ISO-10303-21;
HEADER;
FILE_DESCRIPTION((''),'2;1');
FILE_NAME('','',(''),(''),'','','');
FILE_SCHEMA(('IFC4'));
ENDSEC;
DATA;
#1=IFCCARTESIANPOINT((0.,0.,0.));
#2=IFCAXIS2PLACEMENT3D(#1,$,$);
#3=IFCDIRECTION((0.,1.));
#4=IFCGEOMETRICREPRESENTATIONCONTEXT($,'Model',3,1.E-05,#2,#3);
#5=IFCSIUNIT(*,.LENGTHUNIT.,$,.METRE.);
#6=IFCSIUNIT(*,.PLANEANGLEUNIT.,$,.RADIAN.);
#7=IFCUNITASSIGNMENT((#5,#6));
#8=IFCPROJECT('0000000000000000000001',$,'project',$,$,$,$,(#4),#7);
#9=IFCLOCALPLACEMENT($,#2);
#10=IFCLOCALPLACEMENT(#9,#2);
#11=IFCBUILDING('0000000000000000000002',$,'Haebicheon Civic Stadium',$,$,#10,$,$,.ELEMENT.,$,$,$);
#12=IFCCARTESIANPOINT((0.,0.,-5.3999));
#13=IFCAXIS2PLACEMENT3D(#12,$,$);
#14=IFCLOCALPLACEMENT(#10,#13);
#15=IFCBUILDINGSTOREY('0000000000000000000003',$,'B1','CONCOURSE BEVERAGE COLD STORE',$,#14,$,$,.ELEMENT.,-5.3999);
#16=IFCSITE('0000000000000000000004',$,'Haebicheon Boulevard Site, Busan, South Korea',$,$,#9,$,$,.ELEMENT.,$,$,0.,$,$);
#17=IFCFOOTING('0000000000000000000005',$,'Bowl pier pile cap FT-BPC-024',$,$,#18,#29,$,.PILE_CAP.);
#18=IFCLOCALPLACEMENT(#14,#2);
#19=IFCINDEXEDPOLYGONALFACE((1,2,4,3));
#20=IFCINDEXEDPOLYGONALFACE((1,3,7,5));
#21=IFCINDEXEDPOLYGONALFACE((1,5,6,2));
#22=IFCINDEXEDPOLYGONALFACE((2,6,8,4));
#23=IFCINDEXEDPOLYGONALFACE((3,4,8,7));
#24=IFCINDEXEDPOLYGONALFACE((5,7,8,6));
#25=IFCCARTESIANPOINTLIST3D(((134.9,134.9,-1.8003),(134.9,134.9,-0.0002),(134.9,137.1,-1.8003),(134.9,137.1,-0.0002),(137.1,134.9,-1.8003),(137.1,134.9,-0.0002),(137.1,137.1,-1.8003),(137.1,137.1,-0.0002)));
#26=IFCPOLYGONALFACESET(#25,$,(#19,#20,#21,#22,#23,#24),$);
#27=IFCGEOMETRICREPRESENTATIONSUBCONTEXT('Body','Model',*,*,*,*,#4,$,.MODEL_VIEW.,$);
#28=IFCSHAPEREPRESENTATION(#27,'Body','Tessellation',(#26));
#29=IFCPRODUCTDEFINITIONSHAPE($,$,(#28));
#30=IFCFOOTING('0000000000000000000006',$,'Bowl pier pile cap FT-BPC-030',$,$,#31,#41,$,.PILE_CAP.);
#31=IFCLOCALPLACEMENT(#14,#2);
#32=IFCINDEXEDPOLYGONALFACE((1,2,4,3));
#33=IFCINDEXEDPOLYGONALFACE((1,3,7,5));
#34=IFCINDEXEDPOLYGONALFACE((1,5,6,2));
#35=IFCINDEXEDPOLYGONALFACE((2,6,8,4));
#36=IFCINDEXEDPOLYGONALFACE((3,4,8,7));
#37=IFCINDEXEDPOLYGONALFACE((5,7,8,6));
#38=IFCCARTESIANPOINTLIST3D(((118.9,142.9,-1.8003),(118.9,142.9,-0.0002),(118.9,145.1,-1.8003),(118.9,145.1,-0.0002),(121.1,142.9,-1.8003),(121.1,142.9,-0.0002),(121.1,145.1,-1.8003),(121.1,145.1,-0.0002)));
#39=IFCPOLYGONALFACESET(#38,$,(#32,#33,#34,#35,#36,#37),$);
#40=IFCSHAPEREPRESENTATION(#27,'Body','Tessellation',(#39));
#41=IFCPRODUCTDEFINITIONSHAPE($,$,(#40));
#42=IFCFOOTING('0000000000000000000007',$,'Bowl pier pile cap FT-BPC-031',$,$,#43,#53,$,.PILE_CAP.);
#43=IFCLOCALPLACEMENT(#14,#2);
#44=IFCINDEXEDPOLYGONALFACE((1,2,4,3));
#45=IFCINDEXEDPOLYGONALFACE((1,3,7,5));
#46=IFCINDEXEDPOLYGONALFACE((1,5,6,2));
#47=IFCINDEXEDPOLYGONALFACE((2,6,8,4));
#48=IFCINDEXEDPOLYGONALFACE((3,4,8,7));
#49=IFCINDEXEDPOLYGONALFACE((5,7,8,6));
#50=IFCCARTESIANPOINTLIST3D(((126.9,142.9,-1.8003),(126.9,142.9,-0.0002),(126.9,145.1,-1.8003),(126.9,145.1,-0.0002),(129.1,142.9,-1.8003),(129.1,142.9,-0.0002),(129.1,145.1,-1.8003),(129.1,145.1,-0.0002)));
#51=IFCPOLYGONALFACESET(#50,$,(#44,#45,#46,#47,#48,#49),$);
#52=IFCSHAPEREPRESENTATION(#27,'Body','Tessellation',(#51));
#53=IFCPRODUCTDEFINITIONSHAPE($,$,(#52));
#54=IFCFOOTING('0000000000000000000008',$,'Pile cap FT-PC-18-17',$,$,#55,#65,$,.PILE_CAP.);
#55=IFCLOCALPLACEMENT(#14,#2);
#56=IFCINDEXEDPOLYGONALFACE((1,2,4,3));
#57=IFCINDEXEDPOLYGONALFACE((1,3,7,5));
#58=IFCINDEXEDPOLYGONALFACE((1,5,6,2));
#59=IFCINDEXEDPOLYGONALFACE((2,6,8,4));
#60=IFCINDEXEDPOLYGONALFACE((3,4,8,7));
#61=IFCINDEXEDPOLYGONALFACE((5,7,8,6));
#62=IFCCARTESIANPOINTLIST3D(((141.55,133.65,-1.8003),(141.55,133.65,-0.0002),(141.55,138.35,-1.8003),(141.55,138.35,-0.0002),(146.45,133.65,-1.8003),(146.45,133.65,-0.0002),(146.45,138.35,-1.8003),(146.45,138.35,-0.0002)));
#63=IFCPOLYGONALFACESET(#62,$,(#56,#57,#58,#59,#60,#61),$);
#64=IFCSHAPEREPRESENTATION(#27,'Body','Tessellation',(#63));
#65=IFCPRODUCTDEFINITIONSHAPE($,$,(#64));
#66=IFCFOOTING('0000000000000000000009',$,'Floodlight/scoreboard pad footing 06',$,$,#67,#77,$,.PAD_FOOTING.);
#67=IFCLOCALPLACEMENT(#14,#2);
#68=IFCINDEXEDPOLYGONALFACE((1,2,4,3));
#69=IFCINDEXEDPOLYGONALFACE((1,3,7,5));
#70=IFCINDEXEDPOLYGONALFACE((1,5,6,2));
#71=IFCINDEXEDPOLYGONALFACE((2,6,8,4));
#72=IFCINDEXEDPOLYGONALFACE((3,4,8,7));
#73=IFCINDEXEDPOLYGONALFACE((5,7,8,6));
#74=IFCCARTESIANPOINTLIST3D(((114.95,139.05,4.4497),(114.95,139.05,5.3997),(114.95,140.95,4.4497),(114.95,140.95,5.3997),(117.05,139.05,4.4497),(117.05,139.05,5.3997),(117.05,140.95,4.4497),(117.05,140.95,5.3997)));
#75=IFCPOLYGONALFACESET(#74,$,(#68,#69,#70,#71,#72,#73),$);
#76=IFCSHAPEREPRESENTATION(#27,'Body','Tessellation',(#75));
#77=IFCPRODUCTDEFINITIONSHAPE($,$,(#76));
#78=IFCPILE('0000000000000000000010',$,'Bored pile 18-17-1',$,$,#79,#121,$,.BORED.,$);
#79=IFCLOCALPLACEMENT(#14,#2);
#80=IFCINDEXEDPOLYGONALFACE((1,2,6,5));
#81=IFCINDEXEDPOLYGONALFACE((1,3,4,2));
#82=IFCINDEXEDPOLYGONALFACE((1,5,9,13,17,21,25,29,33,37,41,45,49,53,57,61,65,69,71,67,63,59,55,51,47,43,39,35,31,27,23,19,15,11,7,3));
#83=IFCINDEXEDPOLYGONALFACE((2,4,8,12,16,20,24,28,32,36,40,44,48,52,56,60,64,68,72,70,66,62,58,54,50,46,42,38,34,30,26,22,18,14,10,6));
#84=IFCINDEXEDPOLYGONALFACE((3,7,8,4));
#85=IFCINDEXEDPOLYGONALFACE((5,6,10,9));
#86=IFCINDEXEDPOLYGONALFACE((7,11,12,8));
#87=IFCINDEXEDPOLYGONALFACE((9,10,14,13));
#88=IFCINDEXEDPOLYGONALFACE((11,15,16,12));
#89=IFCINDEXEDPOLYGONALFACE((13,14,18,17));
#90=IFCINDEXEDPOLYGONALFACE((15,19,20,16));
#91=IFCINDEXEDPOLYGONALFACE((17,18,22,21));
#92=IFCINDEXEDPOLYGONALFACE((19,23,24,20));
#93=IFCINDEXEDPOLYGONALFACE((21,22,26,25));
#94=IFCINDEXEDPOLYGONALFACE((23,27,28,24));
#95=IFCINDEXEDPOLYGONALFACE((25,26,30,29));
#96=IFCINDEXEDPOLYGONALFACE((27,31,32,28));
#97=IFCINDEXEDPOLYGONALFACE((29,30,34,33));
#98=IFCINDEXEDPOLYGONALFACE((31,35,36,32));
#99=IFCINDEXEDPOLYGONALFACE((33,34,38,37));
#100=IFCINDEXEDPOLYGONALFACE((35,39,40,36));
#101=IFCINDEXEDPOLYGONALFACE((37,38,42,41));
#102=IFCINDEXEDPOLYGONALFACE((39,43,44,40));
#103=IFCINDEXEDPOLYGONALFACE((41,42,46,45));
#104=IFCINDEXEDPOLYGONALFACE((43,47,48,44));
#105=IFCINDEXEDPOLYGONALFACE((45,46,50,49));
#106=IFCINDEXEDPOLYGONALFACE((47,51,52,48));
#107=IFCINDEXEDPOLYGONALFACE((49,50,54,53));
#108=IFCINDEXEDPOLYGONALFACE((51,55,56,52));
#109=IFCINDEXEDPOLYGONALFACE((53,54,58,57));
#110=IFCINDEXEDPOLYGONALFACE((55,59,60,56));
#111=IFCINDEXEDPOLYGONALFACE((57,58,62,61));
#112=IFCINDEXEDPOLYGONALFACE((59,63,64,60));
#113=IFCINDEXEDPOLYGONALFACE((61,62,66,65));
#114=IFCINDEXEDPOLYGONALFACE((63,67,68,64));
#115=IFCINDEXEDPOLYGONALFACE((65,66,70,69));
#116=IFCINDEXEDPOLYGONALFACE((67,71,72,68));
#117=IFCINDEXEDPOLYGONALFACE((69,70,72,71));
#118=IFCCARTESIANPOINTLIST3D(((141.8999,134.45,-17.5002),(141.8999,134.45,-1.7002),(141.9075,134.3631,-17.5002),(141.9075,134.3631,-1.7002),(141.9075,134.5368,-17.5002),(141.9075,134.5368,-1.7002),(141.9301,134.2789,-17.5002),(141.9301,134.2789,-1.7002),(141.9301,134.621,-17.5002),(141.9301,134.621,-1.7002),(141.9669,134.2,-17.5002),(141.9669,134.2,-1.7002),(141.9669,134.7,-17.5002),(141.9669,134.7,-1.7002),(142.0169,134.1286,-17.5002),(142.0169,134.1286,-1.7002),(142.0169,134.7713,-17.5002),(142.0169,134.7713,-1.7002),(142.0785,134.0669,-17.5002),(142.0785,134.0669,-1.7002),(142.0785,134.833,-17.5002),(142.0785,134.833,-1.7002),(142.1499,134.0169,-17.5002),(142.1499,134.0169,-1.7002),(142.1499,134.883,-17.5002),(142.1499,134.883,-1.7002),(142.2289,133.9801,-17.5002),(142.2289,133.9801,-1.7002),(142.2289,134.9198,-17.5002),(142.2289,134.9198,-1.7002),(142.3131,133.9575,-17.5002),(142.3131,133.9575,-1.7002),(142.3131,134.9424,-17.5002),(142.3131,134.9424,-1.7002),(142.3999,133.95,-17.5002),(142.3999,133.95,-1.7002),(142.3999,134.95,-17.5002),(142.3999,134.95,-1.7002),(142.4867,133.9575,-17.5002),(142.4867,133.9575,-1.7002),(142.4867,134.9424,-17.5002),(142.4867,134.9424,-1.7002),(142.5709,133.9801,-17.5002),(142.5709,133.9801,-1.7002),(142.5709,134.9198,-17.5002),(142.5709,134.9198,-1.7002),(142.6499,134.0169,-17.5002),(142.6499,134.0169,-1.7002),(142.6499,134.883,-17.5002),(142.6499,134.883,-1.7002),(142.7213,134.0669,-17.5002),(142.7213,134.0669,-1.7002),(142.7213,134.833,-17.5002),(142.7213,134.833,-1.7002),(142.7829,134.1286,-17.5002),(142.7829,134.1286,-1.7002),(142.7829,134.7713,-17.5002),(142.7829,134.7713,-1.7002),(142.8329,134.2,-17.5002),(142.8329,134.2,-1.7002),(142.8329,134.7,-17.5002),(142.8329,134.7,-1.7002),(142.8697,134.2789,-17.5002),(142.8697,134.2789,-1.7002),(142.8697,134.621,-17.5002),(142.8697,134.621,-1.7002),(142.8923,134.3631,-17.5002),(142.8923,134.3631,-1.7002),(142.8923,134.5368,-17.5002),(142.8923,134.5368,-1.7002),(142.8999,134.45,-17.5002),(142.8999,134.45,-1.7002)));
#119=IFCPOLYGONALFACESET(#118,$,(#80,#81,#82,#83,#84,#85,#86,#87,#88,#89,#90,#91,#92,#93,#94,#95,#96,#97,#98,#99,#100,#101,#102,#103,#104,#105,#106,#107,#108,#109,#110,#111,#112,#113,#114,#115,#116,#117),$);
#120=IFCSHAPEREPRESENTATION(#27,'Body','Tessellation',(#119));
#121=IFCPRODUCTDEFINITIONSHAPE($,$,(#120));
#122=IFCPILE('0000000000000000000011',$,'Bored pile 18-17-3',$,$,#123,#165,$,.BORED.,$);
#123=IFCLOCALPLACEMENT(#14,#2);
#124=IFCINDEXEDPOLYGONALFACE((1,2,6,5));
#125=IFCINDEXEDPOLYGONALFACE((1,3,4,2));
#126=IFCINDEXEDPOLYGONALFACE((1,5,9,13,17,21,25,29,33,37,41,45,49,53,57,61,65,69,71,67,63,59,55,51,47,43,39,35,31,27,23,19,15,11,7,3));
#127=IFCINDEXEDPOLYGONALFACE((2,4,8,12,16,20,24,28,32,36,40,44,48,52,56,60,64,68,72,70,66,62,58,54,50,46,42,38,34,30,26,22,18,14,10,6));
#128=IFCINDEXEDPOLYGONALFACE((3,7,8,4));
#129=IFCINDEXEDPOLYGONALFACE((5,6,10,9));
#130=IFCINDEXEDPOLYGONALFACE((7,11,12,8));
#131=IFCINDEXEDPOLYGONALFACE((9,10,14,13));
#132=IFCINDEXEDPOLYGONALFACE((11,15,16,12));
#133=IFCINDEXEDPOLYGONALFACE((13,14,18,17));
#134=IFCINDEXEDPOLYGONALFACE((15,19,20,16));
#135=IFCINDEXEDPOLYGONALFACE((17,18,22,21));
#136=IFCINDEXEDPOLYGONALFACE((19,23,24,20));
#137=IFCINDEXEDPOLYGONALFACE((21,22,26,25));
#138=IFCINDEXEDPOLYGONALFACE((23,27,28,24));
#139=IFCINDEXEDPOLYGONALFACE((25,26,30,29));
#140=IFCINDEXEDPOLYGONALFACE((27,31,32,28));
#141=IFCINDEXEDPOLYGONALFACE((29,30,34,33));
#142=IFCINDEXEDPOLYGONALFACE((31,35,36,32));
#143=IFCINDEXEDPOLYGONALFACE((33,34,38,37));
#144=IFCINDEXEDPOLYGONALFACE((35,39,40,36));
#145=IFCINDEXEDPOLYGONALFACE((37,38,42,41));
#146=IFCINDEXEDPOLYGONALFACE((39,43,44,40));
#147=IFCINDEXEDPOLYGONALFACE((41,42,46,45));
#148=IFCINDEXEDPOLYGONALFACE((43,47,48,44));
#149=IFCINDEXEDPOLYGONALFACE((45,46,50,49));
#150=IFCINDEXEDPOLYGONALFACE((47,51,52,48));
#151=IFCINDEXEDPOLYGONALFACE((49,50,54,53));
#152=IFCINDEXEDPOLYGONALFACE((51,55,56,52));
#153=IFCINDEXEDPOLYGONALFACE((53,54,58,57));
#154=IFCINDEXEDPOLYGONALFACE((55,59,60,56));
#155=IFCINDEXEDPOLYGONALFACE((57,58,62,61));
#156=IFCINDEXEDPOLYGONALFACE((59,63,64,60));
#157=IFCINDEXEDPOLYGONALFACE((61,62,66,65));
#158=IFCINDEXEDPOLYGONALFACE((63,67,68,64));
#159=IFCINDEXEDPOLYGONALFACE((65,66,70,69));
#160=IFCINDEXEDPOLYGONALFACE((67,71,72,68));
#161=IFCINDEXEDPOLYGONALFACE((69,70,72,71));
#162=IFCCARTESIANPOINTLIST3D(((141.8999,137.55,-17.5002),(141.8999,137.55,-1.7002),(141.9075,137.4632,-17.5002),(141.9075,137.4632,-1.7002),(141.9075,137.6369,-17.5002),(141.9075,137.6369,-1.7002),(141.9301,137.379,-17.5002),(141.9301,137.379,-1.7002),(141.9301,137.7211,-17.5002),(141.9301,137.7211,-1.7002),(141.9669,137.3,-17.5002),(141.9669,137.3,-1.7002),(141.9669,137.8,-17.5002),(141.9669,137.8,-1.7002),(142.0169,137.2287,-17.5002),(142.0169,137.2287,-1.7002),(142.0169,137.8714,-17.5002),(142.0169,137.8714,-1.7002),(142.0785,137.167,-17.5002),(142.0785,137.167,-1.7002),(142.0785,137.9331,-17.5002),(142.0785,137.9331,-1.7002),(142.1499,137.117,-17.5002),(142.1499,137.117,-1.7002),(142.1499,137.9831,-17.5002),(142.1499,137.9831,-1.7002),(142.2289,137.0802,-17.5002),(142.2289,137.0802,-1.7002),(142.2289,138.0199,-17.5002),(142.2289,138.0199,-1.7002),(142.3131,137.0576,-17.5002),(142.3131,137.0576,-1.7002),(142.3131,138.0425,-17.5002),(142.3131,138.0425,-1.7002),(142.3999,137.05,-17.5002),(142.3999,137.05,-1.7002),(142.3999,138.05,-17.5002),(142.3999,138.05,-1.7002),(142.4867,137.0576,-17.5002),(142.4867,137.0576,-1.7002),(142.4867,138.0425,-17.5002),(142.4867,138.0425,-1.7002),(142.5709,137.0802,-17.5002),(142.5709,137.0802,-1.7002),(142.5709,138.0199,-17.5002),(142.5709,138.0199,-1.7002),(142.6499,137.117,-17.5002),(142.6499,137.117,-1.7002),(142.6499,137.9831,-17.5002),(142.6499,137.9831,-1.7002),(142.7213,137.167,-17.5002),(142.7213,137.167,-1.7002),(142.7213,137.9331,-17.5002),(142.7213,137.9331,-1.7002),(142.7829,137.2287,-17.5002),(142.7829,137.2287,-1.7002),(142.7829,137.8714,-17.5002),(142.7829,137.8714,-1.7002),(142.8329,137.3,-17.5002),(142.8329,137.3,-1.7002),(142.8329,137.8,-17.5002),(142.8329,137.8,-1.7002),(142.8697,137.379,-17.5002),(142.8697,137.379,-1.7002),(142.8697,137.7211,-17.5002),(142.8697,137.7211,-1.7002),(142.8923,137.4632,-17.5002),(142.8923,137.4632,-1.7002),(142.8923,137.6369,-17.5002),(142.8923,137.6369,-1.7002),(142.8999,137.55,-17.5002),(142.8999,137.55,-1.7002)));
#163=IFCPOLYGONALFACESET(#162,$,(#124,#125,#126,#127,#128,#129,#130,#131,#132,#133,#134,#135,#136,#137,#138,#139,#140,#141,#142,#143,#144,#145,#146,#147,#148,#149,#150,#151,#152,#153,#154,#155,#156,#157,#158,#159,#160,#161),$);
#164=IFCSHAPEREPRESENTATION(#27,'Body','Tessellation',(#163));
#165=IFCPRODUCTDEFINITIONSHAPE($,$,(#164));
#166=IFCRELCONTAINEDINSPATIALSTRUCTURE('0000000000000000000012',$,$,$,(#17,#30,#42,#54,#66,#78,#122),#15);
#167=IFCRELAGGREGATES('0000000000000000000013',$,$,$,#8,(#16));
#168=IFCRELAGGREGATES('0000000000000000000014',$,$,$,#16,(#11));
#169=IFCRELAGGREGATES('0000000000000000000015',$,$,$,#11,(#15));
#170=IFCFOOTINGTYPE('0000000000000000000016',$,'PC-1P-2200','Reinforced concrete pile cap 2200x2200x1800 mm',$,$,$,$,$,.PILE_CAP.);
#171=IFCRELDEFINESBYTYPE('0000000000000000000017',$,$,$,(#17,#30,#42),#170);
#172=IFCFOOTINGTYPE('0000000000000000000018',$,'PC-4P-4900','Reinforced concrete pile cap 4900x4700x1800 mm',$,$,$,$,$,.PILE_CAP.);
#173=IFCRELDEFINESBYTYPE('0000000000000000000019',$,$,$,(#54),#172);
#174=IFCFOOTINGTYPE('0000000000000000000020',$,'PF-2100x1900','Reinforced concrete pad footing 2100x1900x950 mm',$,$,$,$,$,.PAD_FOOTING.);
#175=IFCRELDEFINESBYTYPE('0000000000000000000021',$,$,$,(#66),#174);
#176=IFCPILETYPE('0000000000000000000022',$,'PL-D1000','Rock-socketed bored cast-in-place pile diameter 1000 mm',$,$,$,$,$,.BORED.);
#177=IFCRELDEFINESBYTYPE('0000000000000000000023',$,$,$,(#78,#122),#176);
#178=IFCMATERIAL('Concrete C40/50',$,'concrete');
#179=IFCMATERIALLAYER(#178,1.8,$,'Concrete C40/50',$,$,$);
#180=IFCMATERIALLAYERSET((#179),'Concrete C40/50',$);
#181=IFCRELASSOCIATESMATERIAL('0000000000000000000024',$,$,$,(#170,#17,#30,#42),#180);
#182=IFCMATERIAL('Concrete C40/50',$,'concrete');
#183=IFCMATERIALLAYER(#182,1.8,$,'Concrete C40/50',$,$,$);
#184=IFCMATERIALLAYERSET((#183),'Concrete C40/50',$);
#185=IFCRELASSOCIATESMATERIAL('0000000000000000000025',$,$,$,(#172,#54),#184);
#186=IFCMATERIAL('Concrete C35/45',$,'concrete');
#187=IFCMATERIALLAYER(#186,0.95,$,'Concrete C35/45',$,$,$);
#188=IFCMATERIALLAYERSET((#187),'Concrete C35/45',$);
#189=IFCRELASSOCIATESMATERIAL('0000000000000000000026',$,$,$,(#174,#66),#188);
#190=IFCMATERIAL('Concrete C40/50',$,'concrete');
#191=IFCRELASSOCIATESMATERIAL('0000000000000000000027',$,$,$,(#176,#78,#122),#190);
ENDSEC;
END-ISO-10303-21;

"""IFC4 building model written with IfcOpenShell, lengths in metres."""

from ifc_helpers import new_model, si_unit, direction, frame, origin, origin_2d, place, context, subcontext, project, spatial, rectangle, circle, extrude, material, layer, layer_set, material_profile, profile_set, type_object, element, save


model = new_model("IFC4")

# Units and contexts
model_context = context("Model", 3, precision=1e-05, world=origin(), true_north=direction((0.0, 1.0)))
body_context = subcontext(model_context, "Body", "Model", "MODEL_VIEW")
ifc_project = project(units=[si_unit("LENGTHUNIT", "METRE"), si_unit("PLANEANGLEUNIT", "RADIAN")], contexts=[model_context])

# Site, building, storey
site_placement = place(None, origin())
site = spatial("IfcSite", under=ifc_project, at=site_placement, Name="Haebicheon Boulevard Site, Busan, South Korea", CompositionType="ELEMENT", RefElevation=0.0)
building_placement = place(site_placement, origin())
building = spatial("IfcBuilding", under=site, at=building_placement, Name="Haebicheon Civic Stadium", CompositionType="ELEMENT")
storey_placement = place(building_placement, frame((0.0, 0.0, -5.3999)))
storey = spatial("IfcBuildingStorey", under=building, at=storey_placement, Name="B1", Description="CONCOURSE BEVERAGE COLD STORE", CompositionType="ELEMENT", Elevation=-5.3999)

# Footings
ifc_material_1 = material(Name="Concrete C40/50", Category="concrete")
ifc_layer_1 = layer(ifc_material_1, 1.8, Name="Concrete C40/50")
ifc_layer_set_1 = layer_set([ifc_layer_1], Name="Concrete C40/50")
footing_type_1 = type_object("IfcFootingType", Name="PC-1P-2200", Description="Reinforced concrete pile cap 2200x2200x1800 mm", PredefinedType="PILE_CAP", material=ifc_layer_set_1)
for number, where, z_axis, x_axis, name in (
    (1, (136.0, 136.0, -1.8003), (0.0, 0.0, 1.0), (1.0, 0.0, 0.0), "Bowl pier pile cap FT-BPC-024"),
    (2, (120.0, 144.0, -1.8003), (0.0, 0.0, 1.0), (1.0, 0.0, 0.0), "Bowl pier pile cap FT-BPC-030"),
    (3, (128.0, 144.0, -1.8003), (0.0, 0.0, 1.0), (1.0, 0.0, 0.0), "Bowl pier pile cap FT-BPC-031"),
):
    element("IfcFooting", number, at=place(storey_placement, frame(where, z_axis=z_axis, x_axis=x_axis)), inside=storey, type_object=footing_type_1, material=ifc_layer_set_1, Name=name, PredefinedType="PILE_CAP", context=body_context, shape_type="SweptSolid", body=[
        extrude(rectangle(XDim=2.2, YDim=2.2, at=origin_2d()), origin(), (0.0, 0.0, 1.0), 1.8),
    ])
ifc_material_2 = material(Name="Concrete C40/50", Category="concrete")
ifc_layer_2 = layer(ifc_material_2, 1.8, Name="Concrete C40/50")
ifc_layer_set_2 = layer_set([ifc_layer_2], Name="Concrete C40/50")
footing_type_2 = type_object("IfcFootingType", Name="PC-4P-4900", Description="Reinforced concrete pile cap 4900x4700x1800 mm", PredefinedType="PILE_CAP", material=ifc_layer_set_2)
footing_1_placement = place(storey_placement, frame((144.0, 136.0, -1.8003), z_axis=(0.0, 0.0, 1.0), x_axis=(1.0, 0.0, 0.0)))
element("IfcFooting", 4, at=footing_1_placement, inside=storey, type_object=footing_type_2, material=ifc_layer_set_2, Name="Pile cap FT-PC-18-17", PredefinedType="PILE_CAP", context=body_context, shape_type="SweptSolid", body=[
    extrude(rectangle(XDim=4.8999, YDim=4.7, at=origin_2d()), origin(), (0.0, 0.0, 1.0), 1.8),
])
ifc_material_3 = material(Name="Concrete C35/45", Category="concrete")
ifc_layer_3 = layer(ifc_material_3, 0.95, Name="Concrete C35/45")
ifc_layer_set_3 = layer_set([ifc_layer_3], Name="Concrete C35/45")
footing_type_3 = type_object("IfcFootingType", Name="PF-2100x1900", Description="Reinforced concrete pad footing 2100x1900x950 mm", PredefinedType="PAD_FOOTING", material=ifc_layer_set_3)
footing_2_placement = place(storey_placement, frame((116.0, 140.0, 4.4497), z_axis=(0.0, 0.0, 1.0), x_axis=(1.0, 0.0, 0.0)))
element("IfcFooting", 5, at=footing_2_placement, inside=storey, type_object=footing_type_3, material=ifc_layer_set_3, Name="Floodlight/scoreboard pad footing 06", PredefinedType="PAD_FOOTING", context=body_context, shape_type="SweptSolid", body=[
    extrude(rectangle(XDim=2.1001, YDim=1.8999, at=origin_2d()), origin(), (0.0, 0.0, 1.0), 0.95),
])

# Piles
ifc_material_4 = material(Name="Concrete C40/50", Category="concrete")
ifc_material_profile_1 = material_profile(ifc_material_4, circle(Radius=0.5, at=origin_2d()), Name="PILE-D1000")
ifc_profile_set_1 = profile_set([ifc_material_profile_1], Name="Concrete C40/50")
pile_type_1 = type_object("IfcPileType", Name="PL-D1000", Description="Rock-socketed bored cast-in-place pile diameter 1000 mm", PredefinedType="BORED", material=ifc_profile_set_1)
for number, where, z_axis, x_axis, name in (
    (6, (142.3999, 134.45, -1.7002), (0.0, 0.0, -1.0), (1.0, 0.0, 0.0), "Bored pile 18-17-1"),
    (7, (142.3999, 137.55, -1.7002), (0.0, 0.0, -1.0), (1.0, 0.0, 0.0), "Bored pile 18-17-3"),
):
    element("IfcPile", number, at=place(storey_placement, frame(where, z_axis=z_axis, x_axis=x_axis)), inside=storey, type_object=pile_type_1, material=ifc_profile_set_1, Name=name, PredefinedType="BORED", context=body_context, shape_type="SweptSolid", body=[
        extrude(circle(Radius=0.5, at=origin_2d()), origin(), (0.0, 0.0, 1.0), 15.8),
    ])

save(model, "model.ifc")
